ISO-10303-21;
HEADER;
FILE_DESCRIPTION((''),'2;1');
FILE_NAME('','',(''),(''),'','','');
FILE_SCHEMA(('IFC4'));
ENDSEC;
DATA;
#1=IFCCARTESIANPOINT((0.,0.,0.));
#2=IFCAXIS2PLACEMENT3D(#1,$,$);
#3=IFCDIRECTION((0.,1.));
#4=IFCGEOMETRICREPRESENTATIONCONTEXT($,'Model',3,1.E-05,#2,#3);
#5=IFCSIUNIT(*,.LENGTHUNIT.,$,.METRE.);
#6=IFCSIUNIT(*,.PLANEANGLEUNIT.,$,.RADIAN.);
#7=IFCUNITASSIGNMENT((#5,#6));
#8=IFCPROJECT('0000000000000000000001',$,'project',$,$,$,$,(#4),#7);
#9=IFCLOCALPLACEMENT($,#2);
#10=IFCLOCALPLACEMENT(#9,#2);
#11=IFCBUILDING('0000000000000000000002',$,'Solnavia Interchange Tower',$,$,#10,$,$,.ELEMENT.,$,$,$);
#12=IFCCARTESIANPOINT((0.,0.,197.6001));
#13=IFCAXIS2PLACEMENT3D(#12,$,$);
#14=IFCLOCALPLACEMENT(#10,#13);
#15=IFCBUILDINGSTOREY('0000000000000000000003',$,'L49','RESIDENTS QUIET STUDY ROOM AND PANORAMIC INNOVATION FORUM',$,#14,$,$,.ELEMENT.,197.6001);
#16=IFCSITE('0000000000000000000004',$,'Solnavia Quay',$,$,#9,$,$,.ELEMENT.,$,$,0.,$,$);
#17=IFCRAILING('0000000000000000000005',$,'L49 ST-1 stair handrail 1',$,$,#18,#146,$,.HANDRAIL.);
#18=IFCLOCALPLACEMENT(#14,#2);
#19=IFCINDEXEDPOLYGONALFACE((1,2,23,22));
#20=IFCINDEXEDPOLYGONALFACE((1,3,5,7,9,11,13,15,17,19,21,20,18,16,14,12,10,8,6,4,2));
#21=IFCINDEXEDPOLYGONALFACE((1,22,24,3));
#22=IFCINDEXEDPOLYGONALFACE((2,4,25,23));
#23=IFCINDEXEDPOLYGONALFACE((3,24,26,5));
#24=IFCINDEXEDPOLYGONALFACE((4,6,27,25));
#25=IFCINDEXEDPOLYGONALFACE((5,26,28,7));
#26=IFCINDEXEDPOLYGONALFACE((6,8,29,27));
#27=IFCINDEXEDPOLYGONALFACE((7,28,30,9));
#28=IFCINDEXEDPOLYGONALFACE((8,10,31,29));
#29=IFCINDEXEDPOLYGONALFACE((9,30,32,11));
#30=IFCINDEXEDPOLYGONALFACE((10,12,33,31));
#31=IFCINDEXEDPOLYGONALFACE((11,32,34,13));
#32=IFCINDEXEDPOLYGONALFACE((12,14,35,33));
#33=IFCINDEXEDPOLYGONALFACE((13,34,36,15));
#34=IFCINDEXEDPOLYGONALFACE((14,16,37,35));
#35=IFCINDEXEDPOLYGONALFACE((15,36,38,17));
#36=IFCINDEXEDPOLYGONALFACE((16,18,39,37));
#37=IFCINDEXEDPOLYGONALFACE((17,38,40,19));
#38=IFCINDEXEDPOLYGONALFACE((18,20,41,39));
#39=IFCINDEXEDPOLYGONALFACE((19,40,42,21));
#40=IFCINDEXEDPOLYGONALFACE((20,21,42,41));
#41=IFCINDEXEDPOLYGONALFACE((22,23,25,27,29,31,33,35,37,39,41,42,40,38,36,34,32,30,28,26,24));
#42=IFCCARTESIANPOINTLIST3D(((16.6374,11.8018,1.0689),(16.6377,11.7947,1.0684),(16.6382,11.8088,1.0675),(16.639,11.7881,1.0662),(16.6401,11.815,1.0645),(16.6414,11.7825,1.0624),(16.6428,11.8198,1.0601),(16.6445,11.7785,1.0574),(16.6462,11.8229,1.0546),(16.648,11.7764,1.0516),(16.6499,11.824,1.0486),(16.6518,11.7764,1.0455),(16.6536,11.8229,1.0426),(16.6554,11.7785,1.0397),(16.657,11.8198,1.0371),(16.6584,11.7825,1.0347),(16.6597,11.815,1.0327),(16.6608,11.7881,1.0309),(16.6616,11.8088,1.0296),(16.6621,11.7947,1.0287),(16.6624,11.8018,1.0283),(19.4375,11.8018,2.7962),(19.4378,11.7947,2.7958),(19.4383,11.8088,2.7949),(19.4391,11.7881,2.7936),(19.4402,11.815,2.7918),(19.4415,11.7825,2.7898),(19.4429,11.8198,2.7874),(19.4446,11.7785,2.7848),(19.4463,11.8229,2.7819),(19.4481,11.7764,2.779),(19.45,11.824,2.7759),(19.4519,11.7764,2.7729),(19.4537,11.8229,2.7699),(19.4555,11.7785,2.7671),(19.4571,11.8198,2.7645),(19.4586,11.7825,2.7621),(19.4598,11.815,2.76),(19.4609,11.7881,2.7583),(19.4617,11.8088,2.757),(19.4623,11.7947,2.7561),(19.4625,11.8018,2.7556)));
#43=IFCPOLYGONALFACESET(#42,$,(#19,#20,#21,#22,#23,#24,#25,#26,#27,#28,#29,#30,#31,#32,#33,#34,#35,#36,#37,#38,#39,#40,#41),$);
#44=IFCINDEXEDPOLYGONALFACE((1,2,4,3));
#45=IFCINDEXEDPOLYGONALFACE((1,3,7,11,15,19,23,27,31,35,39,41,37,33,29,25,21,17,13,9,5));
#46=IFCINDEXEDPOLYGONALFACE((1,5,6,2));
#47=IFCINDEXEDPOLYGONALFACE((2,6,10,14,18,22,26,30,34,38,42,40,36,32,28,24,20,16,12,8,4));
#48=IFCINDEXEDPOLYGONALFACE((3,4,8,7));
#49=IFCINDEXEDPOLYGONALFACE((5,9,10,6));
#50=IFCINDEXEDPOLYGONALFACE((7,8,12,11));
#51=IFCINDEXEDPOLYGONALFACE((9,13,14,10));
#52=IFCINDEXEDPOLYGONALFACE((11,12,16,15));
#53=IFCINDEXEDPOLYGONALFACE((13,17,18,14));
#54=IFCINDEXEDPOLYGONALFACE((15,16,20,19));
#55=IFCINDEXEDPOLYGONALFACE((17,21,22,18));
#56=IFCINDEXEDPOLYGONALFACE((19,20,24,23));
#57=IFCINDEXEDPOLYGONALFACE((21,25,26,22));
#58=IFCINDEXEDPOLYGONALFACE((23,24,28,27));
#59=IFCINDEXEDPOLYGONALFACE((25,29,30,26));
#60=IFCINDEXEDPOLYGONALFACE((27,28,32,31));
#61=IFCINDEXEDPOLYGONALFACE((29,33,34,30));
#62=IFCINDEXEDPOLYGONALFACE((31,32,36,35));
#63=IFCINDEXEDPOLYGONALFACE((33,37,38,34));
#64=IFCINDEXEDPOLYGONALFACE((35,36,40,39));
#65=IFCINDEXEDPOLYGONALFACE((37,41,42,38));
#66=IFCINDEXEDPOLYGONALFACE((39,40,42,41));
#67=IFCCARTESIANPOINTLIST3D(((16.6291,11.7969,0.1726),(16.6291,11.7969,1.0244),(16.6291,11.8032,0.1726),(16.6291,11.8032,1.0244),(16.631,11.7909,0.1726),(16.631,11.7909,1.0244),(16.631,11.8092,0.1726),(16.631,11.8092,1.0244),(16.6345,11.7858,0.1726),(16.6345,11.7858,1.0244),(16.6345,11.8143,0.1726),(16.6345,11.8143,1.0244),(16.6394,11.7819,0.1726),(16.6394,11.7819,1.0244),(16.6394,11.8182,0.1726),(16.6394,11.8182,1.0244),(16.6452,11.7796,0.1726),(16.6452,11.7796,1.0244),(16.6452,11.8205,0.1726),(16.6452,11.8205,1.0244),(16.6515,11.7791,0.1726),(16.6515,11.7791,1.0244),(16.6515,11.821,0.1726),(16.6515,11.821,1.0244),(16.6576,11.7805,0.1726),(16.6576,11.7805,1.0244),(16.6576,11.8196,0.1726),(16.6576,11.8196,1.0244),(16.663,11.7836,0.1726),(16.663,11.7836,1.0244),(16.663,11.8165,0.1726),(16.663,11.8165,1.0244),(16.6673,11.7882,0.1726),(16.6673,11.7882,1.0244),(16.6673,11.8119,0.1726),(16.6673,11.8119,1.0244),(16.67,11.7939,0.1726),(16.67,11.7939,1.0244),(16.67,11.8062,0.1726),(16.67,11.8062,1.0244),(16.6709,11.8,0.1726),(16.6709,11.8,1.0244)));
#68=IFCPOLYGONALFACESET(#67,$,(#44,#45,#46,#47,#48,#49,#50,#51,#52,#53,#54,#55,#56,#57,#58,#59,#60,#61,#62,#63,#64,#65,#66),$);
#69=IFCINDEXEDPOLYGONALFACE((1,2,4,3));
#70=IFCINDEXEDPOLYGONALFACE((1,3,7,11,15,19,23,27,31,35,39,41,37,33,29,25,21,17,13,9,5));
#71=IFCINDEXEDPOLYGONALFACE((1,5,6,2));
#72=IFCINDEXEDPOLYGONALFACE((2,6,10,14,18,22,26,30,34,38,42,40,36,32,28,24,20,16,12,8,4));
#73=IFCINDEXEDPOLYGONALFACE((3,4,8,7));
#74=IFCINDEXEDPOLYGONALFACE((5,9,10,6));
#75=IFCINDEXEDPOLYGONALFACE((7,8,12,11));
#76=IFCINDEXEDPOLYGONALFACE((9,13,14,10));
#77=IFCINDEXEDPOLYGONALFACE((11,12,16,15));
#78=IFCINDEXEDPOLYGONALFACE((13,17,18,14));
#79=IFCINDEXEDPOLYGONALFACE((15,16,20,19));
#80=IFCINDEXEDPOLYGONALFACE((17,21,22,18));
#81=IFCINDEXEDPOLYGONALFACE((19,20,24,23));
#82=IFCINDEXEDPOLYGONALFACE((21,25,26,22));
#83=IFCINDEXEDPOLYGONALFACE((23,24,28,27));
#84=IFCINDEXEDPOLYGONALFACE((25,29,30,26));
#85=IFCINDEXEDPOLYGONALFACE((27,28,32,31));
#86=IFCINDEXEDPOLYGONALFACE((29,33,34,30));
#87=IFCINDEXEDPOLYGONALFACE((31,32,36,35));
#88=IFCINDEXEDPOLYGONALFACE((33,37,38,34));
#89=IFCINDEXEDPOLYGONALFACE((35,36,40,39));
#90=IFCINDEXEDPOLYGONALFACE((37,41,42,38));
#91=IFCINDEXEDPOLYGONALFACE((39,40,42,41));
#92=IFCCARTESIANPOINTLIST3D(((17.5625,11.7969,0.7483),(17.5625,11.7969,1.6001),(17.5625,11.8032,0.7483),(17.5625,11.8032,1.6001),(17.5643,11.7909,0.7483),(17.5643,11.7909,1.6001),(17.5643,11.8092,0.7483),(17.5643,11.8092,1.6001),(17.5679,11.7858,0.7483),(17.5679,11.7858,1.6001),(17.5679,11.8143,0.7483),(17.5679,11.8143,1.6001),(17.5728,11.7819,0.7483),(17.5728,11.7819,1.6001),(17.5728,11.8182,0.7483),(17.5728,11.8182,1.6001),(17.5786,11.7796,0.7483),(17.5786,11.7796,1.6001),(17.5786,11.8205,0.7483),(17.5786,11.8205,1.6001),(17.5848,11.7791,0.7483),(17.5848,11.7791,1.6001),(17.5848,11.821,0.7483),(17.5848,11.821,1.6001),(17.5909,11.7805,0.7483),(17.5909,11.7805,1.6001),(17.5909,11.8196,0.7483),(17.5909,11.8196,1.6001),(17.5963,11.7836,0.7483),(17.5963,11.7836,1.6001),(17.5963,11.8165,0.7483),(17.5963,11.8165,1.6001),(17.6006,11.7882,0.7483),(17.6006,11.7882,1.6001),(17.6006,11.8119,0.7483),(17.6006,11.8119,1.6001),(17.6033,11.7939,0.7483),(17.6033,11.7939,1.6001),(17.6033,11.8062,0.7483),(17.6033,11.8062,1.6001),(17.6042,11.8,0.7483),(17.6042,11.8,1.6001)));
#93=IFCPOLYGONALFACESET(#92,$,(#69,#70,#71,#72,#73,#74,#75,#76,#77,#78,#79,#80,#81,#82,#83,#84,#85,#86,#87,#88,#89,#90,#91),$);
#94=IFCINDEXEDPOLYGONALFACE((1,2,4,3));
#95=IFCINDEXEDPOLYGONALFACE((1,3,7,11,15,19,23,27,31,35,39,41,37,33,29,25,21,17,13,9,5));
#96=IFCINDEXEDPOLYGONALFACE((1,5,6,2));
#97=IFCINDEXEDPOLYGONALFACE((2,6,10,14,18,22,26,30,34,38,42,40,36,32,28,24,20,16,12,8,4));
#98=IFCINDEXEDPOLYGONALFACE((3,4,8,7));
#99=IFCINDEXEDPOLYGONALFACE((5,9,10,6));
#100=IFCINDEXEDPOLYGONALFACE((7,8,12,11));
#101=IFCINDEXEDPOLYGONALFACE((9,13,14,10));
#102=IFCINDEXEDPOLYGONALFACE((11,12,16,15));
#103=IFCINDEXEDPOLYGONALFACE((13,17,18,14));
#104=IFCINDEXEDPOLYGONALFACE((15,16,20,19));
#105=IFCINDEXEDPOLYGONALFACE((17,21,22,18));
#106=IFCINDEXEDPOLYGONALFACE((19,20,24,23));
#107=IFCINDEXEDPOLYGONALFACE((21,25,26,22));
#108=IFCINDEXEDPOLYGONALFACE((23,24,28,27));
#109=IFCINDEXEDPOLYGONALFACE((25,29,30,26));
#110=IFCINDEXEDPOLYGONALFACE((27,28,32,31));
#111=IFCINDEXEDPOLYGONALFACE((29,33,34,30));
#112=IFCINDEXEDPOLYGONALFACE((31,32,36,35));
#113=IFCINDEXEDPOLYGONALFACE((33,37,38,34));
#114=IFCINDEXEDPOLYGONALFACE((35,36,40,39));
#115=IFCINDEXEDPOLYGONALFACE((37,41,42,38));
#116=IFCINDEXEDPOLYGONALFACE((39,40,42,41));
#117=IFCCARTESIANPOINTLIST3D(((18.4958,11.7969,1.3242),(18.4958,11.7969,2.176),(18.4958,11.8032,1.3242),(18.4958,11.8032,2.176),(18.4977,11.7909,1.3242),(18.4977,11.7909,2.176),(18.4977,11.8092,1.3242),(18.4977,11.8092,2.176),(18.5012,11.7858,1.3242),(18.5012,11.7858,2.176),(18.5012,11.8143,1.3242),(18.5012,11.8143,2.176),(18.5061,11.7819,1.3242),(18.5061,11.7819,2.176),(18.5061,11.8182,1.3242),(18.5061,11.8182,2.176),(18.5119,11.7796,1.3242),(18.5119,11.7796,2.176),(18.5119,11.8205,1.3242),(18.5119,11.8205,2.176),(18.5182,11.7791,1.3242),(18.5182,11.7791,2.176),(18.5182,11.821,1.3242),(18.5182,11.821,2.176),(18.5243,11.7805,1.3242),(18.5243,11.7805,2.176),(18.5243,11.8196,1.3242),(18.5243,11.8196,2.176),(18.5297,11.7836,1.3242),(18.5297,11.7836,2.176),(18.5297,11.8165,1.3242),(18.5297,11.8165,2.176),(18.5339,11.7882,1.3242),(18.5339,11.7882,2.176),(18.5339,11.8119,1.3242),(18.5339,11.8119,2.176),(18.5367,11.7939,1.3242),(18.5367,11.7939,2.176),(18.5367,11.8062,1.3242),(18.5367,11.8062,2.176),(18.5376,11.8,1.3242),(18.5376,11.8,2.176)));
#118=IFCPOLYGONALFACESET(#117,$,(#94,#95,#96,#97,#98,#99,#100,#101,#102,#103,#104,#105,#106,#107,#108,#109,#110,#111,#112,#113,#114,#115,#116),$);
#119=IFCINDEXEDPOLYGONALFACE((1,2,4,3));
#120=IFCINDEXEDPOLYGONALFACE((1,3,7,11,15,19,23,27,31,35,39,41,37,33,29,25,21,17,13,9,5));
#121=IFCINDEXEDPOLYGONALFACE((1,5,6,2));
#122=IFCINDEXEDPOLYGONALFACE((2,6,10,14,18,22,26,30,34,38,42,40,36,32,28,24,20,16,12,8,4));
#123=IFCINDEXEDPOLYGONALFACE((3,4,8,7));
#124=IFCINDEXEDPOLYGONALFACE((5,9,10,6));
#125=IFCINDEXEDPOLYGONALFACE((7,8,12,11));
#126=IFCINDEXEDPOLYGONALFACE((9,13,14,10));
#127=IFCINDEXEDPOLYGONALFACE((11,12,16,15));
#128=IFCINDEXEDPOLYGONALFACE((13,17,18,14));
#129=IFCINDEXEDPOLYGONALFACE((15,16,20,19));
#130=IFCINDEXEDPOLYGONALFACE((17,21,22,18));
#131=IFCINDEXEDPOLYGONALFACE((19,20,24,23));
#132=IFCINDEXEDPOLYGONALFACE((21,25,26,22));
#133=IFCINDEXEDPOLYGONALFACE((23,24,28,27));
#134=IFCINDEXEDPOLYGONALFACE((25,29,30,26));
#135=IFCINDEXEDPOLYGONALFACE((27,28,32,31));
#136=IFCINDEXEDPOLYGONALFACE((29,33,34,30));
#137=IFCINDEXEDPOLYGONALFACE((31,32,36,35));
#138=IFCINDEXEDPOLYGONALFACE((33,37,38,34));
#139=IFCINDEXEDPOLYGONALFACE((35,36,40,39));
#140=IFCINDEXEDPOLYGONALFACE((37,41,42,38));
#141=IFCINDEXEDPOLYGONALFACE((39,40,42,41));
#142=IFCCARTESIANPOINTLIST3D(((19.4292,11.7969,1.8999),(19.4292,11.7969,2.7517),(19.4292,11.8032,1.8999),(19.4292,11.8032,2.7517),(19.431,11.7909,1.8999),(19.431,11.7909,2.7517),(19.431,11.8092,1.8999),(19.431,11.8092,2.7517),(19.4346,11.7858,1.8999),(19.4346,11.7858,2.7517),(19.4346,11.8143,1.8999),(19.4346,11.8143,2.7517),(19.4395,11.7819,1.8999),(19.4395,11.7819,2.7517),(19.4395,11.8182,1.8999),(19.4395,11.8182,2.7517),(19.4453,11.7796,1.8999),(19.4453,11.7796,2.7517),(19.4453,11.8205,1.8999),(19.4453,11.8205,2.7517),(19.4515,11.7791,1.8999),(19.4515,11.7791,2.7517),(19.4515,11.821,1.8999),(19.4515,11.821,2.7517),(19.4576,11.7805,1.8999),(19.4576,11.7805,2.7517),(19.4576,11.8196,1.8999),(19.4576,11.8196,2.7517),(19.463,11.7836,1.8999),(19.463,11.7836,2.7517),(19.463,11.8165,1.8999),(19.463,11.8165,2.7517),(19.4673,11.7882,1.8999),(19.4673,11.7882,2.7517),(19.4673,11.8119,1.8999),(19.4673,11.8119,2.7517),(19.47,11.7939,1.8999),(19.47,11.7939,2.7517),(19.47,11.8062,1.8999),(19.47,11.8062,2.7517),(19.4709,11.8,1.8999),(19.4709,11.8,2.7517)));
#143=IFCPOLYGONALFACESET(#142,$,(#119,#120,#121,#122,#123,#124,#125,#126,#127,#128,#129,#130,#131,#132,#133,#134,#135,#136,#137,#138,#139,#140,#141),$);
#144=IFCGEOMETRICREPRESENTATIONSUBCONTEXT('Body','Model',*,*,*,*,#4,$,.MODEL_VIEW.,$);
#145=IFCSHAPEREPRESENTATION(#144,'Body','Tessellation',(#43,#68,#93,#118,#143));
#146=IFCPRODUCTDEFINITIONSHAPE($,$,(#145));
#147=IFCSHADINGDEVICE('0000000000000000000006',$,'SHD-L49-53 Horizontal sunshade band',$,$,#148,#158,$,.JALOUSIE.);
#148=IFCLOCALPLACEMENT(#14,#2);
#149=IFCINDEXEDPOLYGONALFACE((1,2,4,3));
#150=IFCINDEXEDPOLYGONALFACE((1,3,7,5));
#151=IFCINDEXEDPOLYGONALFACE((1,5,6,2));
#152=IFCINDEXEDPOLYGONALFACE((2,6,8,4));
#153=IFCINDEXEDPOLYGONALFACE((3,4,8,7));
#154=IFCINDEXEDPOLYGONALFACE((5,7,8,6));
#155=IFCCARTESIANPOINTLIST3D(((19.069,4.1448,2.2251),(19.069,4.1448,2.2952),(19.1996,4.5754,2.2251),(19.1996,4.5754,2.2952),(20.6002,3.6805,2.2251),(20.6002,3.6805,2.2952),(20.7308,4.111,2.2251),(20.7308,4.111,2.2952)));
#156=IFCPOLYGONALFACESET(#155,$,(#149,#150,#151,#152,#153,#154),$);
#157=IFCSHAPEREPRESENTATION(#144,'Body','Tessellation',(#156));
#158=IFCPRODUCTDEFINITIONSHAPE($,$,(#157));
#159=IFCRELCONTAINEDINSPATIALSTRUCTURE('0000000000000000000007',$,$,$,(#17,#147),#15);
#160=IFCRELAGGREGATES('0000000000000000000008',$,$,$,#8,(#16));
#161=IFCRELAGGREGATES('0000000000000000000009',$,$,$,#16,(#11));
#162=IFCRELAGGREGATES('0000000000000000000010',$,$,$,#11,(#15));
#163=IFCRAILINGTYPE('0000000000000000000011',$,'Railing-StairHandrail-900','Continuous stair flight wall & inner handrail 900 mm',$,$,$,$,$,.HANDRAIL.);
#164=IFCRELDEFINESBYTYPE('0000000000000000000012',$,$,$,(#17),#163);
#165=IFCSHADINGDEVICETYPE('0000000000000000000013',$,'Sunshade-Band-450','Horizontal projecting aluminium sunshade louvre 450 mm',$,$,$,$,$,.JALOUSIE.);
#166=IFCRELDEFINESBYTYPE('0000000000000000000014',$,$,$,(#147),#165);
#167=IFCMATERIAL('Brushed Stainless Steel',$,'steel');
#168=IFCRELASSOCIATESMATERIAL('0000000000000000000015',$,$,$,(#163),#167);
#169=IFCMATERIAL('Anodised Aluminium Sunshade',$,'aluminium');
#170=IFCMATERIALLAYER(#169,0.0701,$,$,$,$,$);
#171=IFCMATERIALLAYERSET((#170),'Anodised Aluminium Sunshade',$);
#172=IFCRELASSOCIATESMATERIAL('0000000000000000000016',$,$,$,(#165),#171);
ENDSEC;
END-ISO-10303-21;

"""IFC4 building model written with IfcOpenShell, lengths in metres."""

from ifc_helpers import new_model, si_unit, direction, frame, origin, origin_2d, place, context, subcontext, project, spatial, rectangle, circle, extrude, material, layer, layer_set, type_object, element, save


model = new_model("IFC4")

# Units and contexts
model_context = context("Model", 3, precision=1e-05, world=origin(), true_north=direction((0.0, 1.0)))
body_context = subcontext(model_context, "Body", "Model", "MODEL_VIEW")
ifc_project = project(units=[si_unit("LENGTHUNIT", "METRE"), si_unit("PLANEANGLEUNIT", "RADIAN")], contexts=[model_context])

# Site, building, storey
site_placement = place(None, origin())
site = spatial("IfcSite", under=ifc_project, at=site_placement, Name="Solnavia Quay", CompositionType="ELEMENT", RefElevation=0.0)
building_placement = place(site_placement, origin())
building = spatial("IfcBuilding", under=site, at=building_placement, Name="Solnavia Interchange Tower", CompositionType="ELEMENT")
storey_placement = place(building_placement, frame((0.0, 0.0, 197.6001)))
storey = spatial("IfcBuildingStorey", under=building, at=storey_placement, Name="L49", Description="RESIDENTS QUIET STUDY ROOM AND PANORAMIC INNOVATION FORUM", CompositionType="ELEMENT", Elevation=197.6001)

# Railing
ifc_material_1 = material(Name="Brushed Stainless Steel", Category="steel")
railing_type = type_object("IfcRailingType", Name="Railing-StairHandrail-900", Description="Continuous stair flight wall & inner handrail 900 mm", PredefinedType="HANDRAIL", material=ifc_material_1)
railing_placement = place(storey_placement, frame((16.6499, 11.8, 0.1726)))
element("IfcRailing", 1, at=railing_placement, inside=storey, type_object=railing_type, Name="L49 ST-1 stair handrail 1", PredefinedType="HANDRAIL", context=body_context, shape_type="SweptSolid", body=[
    extrude(circle(Radius=0.0239, at=origin_2d()), frame((0.0, 0.0, 0.876), z_axis=(0.85109, 0.0, 0.52502), x_axis=(0.0, 1.0, 0.0)), (0.0, 0.0, 1.0), 3.29),
    extrude(circle(Radius=0.021, at=origin_2d()), origin(), (0.0, 0.0, 1.0), 0.8518),
    extrude(circle(Radius=0.021, at=origin_2d()), frame((0.9333, 0.0, 0.5757)), (0.0, 0.0, 1.0), 0.8518),
    extrude(circle(Radius=0.021, at=origin_2d()), frame((1.8667, 0.0, 1.1516)), (0.0, 0.0, 1.0), 0.8518),
    extrude(circle(Radius=0.021, at=origin_2d()), frame((2.8, 0.0, 1.7273)), (0.0, 0.0, 1.0), 0.8518),
])

# Shading device
ifc_material_2 = material(Name="Anodised Aluminium Sunshade", Category="aluminium")
ifc_layer_1 = layer(ifc_material_2, 0.0701)
ifc_layer_set_1 = layer_set([ifc_layer_1], Name="Anodised Aluminium Sunshade")
shading_device_type = type_object("IfcShadingDeviceType", Name="Sunshade-Band-450", Description="Horizontal projecting aluminium sunshade louvre 450 mm", PredefinedType="JALOUSIE", material=ifc_layer_set_1)
shading_device_placement = place(storey_placement, frame((19.8999, 4.1279, 2.2251), z_axis=(0.0, 0.0, 1.0), x_axis=(-0.956966, 0.290201, 0.0)))
element("IfcShadingDevice", 2, at=shading_device_placement, inside=storey, type_object=shading_device_type, Name="SHD-L49-53 Horizontal sunshade band", PredefinedType="JALOUSIE", context=body_context, shape_type="SweptSolid", body=[
    extrude(rectangle(XDim=1.6001, YDim=0.45, at=origin_2d()), origin(), (0.0, 0.0, 1.0), 0.0701),
])

save(model, "model.ifc")
